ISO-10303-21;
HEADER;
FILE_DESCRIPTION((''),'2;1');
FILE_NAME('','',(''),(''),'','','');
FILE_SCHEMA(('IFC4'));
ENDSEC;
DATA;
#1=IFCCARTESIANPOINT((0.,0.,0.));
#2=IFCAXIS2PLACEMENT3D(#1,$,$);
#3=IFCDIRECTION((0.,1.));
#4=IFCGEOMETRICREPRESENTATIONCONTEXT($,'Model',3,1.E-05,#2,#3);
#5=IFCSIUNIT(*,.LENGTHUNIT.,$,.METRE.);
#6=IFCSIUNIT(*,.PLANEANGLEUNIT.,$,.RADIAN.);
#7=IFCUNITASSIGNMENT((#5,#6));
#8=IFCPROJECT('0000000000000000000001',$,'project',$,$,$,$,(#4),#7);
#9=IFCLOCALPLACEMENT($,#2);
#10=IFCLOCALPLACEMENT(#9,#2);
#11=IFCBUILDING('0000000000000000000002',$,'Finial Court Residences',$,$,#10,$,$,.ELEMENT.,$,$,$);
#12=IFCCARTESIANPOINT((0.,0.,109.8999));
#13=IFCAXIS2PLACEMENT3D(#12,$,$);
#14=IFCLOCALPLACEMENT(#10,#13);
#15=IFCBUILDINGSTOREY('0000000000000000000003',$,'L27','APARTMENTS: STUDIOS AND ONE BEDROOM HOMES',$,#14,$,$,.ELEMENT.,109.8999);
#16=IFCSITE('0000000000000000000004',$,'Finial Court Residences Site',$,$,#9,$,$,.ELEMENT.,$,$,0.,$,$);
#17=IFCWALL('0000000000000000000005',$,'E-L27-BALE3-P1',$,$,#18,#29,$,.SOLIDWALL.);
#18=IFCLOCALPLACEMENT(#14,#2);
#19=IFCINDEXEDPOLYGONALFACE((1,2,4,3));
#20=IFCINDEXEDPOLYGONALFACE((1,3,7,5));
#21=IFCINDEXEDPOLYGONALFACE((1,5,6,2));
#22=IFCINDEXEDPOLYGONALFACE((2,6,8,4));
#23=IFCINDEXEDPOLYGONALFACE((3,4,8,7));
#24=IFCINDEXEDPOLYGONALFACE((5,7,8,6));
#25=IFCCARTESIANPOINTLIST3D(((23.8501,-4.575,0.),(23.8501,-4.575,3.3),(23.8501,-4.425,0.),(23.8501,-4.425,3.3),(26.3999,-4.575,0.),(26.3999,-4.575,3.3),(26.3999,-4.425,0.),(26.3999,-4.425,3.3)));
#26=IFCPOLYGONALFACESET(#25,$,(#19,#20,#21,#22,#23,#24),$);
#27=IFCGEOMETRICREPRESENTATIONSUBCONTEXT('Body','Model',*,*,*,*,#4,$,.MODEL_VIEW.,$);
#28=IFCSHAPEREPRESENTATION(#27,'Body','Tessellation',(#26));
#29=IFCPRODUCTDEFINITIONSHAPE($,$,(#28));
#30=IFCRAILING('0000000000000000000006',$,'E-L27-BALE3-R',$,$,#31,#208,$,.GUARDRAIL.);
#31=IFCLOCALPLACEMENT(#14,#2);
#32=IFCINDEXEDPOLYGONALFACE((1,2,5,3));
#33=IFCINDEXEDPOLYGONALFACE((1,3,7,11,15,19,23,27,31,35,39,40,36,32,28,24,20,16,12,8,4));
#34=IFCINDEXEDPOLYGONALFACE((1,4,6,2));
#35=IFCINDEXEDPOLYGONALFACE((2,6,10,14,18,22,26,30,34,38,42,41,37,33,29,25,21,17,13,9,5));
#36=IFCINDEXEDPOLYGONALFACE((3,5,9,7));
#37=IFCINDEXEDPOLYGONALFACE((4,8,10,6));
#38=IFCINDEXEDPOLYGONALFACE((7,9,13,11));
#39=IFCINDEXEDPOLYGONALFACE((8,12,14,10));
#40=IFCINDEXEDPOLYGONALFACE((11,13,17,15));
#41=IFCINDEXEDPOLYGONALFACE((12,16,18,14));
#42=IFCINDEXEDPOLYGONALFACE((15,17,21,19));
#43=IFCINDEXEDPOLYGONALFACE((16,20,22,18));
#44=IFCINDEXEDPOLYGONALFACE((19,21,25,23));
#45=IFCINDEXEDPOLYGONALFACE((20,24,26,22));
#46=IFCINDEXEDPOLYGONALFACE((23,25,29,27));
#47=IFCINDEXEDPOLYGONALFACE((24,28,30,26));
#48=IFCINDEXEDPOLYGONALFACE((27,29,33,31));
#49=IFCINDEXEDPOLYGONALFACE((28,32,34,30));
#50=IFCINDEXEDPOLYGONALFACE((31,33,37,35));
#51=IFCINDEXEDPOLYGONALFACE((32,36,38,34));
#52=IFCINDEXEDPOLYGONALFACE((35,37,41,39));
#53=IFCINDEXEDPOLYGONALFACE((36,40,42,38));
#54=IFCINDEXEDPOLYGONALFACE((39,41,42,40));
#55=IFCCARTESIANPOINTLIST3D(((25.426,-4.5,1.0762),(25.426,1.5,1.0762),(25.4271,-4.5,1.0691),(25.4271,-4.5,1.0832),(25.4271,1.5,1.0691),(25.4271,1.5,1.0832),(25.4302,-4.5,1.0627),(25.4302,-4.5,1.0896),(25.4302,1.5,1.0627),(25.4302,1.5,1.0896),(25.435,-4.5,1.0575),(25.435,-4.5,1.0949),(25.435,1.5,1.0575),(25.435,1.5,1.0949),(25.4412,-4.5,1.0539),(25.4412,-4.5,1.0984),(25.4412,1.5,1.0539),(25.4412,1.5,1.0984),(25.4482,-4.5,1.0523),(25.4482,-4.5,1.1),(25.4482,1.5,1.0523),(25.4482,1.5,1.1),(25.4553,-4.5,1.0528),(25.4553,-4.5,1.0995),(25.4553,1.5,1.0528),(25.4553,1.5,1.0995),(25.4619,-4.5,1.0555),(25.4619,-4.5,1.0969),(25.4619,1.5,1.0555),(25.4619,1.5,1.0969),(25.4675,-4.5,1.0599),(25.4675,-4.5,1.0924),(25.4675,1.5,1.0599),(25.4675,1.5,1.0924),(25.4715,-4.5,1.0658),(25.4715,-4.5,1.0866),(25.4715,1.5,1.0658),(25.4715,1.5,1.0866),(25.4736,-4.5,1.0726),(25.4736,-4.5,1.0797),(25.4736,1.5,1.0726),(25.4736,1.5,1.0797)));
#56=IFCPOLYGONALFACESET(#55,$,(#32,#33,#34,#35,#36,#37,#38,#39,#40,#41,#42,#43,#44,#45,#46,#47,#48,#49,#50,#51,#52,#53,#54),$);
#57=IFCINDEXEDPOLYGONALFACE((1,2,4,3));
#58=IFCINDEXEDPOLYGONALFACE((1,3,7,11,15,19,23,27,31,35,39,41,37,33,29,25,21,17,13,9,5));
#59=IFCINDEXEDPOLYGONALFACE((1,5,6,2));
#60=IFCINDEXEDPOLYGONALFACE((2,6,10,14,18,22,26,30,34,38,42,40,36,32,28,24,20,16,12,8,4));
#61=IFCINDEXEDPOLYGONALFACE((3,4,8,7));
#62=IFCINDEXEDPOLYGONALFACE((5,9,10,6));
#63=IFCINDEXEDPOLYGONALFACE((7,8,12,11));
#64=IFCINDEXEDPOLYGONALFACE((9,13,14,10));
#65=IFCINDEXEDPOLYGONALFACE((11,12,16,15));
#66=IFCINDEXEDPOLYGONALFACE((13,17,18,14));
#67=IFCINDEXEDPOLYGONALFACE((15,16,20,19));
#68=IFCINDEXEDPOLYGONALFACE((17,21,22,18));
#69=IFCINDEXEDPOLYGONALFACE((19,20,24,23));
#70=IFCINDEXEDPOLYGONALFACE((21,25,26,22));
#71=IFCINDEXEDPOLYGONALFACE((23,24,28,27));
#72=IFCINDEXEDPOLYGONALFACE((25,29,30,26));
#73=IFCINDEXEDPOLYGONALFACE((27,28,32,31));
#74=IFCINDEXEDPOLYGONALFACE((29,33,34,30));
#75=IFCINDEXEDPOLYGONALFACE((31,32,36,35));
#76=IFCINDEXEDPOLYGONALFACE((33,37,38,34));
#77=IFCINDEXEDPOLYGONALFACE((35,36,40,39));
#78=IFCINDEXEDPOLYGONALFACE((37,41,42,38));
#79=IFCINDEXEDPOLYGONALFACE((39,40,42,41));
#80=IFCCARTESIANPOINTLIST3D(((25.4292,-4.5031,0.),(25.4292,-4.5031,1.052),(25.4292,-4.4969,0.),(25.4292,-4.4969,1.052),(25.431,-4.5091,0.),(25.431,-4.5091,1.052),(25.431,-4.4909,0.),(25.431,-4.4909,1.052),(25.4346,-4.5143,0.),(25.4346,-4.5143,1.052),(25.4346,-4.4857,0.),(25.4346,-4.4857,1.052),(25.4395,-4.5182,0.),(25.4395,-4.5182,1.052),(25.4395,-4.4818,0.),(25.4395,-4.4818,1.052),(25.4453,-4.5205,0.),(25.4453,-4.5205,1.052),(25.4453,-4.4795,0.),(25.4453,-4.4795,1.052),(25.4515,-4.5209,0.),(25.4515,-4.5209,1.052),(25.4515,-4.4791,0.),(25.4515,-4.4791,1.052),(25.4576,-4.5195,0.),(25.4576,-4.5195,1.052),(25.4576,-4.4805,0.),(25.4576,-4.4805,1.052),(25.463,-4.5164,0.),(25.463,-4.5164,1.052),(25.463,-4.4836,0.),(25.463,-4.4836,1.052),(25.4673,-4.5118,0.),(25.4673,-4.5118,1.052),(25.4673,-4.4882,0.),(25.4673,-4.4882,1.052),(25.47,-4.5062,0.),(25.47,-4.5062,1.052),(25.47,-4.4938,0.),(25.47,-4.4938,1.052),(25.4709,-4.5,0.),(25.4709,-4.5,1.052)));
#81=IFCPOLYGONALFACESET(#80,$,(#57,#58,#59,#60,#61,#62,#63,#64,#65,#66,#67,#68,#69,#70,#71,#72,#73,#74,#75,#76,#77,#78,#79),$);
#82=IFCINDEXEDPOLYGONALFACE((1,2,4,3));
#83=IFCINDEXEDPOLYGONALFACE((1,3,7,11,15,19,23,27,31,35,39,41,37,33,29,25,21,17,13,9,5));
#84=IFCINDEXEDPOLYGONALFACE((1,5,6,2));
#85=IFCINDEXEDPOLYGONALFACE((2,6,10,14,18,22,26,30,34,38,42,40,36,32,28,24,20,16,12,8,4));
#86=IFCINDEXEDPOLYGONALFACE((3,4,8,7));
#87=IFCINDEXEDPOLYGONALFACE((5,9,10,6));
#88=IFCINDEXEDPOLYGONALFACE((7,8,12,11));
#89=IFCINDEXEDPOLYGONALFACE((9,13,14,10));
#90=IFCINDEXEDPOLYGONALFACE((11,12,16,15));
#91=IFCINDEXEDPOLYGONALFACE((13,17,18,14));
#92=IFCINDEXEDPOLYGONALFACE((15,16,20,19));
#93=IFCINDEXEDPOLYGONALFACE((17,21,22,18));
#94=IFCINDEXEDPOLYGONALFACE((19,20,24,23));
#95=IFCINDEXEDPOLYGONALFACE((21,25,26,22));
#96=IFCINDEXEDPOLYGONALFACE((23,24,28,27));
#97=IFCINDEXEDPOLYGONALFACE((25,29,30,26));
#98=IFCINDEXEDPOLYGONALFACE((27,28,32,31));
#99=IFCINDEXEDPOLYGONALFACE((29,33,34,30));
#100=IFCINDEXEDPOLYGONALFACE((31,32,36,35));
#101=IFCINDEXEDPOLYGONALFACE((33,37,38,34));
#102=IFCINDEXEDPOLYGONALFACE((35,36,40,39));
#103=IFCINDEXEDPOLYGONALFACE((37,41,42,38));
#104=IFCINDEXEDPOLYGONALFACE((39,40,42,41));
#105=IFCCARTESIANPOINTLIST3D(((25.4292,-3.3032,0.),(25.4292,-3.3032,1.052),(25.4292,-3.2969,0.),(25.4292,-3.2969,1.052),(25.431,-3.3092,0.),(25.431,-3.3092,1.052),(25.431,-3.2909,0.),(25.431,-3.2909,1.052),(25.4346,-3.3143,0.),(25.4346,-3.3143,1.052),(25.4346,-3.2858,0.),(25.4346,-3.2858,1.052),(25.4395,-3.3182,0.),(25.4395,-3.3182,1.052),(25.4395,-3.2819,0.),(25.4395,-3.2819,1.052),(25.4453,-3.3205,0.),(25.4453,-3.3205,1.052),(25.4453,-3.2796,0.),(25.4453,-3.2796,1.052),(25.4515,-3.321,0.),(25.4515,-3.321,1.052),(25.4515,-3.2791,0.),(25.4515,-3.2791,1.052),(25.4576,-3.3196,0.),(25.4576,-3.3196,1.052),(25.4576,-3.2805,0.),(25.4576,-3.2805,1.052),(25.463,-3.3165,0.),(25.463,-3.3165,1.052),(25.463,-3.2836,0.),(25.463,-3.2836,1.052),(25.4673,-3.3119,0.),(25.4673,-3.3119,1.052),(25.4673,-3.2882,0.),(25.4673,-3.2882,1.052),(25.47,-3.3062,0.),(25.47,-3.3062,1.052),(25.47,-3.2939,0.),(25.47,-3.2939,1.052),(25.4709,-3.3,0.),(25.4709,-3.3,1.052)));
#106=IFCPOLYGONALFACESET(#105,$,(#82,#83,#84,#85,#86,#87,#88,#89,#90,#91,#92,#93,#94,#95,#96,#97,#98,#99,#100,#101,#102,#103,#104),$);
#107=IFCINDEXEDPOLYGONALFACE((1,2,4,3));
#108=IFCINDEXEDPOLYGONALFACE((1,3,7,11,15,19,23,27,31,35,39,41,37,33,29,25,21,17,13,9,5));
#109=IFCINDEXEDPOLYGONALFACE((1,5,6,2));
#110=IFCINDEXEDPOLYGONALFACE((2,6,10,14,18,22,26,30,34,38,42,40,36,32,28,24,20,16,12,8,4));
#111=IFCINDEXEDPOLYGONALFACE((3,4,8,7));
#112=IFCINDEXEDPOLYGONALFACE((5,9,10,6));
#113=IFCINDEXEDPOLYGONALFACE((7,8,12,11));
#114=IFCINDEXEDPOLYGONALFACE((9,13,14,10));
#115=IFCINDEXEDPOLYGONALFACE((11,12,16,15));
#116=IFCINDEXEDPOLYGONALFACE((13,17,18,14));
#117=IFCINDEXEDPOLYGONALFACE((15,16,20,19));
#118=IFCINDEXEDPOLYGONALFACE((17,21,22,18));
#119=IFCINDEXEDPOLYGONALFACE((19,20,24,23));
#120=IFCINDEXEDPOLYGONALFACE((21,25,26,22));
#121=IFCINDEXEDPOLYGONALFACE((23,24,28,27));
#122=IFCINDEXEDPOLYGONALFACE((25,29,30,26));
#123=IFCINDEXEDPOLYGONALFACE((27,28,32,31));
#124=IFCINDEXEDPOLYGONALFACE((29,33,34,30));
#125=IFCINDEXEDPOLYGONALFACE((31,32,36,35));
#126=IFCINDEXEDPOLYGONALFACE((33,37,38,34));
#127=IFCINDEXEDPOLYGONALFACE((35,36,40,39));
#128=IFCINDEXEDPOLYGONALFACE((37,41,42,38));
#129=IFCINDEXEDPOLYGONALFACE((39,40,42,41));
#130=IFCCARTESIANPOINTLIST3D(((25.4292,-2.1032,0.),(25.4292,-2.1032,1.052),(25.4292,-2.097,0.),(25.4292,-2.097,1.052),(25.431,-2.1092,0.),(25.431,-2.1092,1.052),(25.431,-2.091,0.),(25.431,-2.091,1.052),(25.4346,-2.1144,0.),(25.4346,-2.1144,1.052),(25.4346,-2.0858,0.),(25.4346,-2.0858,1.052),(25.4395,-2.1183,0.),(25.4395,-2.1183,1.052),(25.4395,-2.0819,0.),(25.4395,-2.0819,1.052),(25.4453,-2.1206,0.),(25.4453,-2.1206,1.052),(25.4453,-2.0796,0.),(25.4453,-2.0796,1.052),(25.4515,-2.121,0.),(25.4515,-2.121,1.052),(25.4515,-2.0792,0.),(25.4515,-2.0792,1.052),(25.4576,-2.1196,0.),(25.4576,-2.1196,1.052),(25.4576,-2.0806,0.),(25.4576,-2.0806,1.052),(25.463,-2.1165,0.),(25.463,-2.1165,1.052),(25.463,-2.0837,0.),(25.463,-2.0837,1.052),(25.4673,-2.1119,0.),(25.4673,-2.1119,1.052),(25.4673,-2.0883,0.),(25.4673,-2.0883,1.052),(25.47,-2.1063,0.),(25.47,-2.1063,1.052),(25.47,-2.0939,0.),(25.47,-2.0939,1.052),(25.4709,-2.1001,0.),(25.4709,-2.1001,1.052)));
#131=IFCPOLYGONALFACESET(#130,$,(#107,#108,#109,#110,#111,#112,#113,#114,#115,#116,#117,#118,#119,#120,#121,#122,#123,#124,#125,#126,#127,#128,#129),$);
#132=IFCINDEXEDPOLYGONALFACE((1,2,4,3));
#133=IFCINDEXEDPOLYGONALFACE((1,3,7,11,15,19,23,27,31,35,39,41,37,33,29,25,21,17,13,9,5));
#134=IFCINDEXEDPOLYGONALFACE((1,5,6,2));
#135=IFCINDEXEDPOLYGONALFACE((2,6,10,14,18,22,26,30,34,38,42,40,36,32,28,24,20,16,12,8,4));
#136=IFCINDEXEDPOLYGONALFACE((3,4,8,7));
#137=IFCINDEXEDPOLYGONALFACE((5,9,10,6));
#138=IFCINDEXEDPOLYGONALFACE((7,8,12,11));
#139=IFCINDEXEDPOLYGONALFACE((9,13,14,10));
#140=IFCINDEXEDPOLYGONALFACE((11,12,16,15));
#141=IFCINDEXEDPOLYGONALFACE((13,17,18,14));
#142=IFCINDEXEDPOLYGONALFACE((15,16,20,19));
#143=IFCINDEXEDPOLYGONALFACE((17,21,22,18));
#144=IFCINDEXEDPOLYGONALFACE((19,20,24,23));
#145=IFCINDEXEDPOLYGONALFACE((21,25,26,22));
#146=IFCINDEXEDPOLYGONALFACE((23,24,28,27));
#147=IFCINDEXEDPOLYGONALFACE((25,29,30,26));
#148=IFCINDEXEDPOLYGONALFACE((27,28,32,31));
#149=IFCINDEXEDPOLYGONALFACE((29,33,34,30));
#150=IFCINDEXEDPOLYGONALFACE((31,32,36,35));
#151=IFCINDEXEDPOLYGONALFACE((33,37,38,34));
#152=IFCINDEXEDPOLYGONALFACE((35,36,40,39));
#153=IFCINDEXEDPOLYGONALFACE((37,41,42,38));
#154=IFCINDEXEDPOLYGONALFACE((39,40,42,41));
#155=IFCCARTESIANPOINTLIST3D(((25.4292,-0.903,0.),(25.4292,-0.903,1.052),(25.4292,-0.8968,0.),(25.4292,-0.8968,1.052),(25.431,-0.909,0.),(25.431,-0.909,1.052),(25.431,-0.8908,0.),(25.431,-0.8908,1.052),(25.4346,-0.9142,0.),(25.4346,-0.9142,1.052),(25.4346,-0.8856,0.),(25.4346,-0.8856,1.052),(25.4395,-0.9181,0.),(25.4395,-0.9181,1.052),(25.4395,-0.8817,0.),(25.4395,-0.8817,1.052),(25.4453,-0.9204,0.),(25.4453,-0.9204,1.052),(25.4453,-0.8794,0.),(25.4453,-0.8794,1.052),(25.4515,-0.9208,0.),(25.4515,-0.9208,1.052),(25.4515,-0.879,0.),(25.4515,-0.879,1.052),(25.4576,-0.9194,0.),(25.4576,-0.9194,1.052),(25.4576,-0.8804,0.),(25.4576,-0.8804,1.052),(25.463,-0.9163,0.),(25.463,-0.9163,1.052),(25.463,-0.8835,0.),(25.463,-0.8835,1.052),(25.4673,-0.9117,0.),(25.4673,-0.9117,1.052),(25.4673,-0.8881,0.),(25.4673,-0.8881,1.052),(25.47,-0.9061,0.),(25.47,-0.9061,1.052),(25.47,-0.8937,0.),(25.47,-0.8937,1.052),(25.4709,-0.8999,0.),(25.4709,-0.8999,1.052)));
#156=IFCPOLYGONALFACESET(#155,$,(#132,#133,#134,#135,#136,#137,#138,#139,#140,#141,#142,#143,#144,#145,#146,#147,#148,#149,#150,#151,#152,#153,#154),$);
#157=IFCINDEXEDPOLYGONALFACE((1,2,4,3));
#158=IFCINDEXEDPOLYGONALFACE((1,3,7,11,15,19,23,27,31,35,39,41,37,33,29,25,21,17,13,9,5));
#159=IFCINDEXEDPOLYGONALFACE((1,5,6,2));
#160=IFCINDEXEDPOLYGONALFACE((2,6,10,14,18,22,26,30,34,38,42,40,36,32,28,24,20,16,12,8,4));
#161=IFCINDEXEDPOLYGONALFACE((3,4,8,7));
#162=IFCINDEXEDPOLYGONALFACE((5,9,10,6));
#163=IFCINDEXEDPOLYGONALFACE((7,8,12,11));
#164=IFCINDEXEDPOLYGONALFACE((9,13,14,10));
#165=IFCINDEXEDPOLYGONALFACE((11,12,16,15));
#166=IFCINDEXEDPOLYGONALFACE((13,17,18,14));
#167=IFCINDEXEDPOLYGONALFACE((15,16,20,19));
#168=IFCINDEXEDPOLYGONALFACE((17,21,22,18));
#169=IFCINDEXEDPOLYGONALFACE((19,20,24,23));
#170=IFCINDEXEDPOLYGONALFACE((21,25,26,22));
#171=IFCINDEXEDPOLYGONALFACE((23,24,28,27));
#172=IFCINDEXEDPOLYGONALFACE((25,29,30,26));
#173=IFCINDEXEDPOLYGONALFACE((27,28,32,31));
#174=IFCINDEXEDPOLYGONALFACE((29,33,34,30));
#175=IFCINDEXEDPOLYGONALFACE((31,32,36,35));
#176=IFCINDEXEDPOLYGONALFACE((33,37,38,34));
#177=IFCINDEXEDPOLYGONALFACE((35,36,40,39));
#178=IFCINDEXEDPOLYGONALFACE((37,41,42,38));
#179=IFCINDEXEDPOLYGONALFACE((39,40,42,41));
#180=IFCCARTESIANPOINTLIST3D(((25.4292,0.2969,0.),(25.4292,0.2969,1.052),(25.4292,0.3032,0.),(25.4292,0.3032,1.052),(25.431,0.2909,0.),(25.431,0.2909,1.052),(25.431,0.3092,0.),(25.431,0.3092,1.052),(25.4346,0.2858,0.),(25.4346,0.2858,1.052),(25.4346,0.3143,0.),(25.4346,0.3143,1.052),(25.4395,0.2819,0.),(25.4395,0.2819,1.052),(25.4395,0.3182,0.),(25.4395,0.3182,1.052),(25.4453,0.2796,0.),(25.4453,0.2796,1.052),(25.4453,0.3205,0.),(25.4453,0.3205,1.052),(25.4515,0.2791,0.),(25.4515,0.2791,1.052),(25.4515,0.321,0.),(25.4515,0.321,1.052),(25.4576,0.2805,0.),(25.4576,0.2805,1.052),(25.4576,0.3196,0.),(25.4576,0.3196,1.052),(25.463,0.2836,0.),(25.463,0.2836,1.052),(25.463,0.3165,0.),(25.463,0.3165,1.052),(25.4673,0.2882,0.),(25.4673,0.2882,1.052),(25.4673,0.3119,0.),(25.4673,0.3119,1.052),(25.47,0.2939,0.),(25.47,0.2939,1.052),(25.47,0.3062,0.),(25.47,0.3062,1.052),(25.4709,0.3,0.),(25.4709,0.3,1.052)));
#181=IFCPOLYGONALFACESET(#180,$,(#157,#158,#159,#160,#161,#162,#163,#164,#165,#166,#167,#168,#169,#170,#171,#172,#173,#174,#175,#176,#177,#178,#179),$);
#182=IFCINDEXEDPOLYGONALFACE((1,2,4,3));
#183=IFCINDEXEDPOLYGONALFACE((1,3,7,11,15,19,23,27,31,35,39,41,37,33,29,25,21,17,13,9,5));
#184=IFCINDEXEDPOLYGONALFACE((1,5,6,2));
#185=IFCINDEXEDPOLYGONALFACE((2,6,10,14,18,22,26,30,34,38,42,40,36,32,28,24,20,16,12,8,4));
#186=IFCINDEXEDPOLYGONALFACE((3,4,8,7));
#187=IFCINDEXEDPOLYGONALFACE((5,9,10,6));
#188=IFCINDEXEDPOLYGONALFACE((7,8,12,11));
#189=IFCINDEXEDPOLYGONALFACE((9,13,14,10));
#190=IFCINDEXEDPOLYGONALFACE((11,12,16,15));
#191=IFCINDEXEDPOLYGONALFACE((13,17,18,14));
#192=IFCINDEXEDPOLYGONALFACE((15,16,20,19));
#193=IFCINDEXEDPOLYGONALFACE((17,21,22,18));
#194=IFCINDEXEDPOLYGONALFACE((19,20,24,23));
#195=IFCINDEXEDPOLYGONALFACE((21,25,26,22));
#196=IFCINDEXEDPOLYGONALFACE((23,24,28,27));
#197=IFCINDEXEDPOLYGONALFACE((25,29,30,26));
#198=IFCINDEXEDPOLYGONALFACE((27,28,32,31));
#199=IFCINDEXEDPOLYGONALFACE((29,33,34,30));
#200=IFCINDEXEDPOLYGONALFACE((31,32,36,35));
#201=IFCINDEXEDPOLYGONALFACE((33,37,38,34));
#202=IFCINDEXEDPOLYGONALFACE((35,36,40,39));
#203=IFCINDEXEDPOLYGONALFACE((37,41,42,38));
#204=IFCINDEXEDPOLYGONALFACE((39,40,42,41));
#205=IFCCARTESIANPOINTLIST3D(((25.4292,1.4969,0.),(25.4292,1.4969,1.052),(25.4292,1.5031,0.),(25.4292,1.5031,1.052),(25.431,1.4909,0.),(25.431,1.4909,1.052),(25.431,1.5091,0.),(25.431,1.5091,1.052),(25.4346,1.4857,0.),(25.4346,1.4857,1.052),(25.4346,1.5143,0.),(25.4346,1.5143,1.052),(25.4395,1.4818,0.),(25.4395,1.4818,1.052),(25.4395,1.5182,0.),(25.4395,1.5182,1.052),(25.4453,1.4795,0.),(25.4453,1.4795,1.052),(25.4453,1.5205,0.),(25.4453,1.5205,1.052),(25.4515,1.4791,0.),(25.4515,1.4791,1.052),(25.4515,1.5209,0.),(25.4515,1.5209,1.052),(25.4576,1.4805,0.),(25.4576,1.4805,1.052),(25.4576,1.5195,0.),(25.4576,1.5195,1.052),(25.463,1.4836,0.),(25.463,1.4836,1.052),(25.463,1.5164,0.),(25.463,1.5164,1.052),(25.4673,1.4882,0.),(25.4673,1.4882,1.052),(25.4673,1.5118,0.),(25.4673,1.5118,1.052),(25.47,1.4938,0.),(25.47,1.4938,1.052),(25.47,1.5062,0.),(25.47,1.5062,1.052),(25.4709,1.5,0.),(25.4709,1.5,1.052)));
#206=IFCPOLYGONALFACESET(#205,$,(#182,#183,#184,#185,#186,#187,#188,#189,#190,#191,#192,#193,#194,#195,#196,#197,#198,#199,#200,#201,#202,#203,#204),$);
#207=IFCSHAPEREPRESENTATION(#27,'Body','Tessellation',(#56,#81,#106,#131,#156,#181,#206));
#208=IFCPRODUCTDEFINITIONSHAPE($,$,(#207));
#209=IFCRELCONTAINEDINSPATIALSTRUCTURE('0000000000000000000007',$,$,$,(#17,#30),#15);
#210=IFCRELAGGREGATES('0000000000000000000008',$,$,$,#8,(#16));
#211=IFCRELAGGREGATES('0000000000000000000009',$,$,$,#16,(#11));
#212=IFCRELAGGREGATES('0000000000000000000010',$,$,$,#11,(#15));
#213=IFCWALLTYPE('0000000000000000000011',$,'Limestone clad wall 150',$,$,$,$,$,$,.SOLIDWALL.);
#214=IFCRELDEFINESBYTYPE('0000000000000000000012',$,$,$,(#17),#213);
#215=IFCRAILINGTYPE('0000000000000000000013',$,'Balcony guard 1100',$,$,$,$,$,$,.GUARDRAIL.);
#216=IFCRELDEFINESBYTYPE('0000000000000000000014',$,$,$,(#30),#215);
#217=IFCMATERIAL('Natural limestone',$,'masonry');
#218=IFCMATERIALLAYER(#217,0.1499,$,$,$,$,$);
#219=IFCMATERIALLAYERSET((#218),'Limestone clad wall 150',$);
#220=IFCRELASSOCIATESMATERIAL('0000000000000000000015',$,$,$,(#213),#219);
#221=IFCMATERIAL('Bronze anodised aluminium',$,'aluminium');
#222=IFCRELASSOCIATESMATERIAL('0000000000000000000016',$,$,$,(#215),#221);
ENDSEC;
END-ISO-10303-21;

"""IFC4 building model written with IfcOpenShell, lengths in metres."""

from ifc_helpers import new_model, si_unit, direction, frame, frame_2d, origin, origin_2d, place, context, subcontext, project, spatial, rectangle, circle, extrude, material, layer, layer_set, type_object, element, save


model = new_model("IFC4")

# Units and contexts
model_context = context("Model", 3, precision=1e-05, world=origin(), true_north=direction((0.0, 1.0)))
body_context = subcontext(model_context, "Body", "Model", "MODEL_VIEW")
ifc_project = project(units=[si_unit("LENGTHUNIT", "METRE"), si_unit("PLANEANGLEUNIT", "RADIAN")], contexts=[model_context])

# Site, building, storey
site_placement = place(None, origin())
site = spatial("IfcSite", under=ifc_project, at=site_placement, Name="Finial Court Residences Site", CompositionType="ELEMENT", RefElevation=0.0)
building_placement = place(site_placement, origin())
building = spatial("IfcBuilding", under=site, at=building_placement, Name="Finial Court Residences", CompositionType="ELEMENT")
storey_placement = place(building_placement, frame((0.0, 0.0, 109.8999)))
storey = spatial("IfcBuildingStorey", under=building, at=storey_placement, Name="L27", Description="APARTMENTS: STUDIOS AND ONE BEDROOM HOMES", CompositionType="ELEMENT", Elevation=109.8999)

# Shared definitions
ifc_material_1 = material(Name="Bronze anodised aluminium", Category="aluminium")

# Wall
ifc_material_2 = material(Name="Natural limestone", Category="masonry")
ifc_layer_1 = layer(ifc_material_2, 0.1499)
ifc_layer_set_1 = layer_set([ifc_layer_1], Name="Limestone clad wall 150")
wall_type_1 = type_object("IfcWallType", Name="Limestone clad wall 150", PredefinedType="SOLIDWALL", material=ifc_layer_set_1)
wall_1_placement = place(storey_placement, frame((23.8501, -4.5, 0.0), z_axis=(0.0, 0.0, 1.0), x_axis=(1.0, 0.0, 0.0)))
element("IfcWall", 1, at=wall_1_placement, inside=storey, type_object=wall_type_1, Name="E-L27-BALE3-P1", PredefinedType="SOLIDWALL", context=body_context, shape_type="SweptSolid", body=[
    extrude(rectangle(XDim=2.5498, YDim=0.1499, at=frame_2d((1.2749, 0.0))), origin(), (0.0, 0.0, 1.0), 3.3),
])

# Railing
railing_type = type_object("IfcRailingType", Name="Balcony guard 1100", PredefinedType="GUARDRAIL", material=ifc_material_1)
railing_placement = place(storey_placement, frame((25.45, -4.5, 0.0)))
element("IfcRailing", 2, at=railing_placement, inside=storey, type_object=railing_type, Name="E-L27-BALE3-R", PredefinedType="GUARDRAIL", context=body_context, shape_type="SweptSolid", body=[
    extrude(circle(Radius=0.0239, at=origin_2d()), frame((0.0, 0.0, 1.0762), z_axis=(0.0, 1.0, 0.0), x_axis=(-1.0, 0.0, 0.0)), (0.0, 0.0, 1.0), 6.0),
    extrude(circle(Radius=0.021, at=origin_2d()), origin(), (0.0, 0.0, 1.0), 1.052),
    extrude(circle(Radius=0.021, at=origin_2d()), frame((0.0, 1.2, 0.0)), (0.0, 0.0, 1.0), 1.052),
    extrude(circle(Radius=0.021, at=origin_2d()), frame((0.0, 2.3999, 0.0)), (0.0, 0.0, 1.0), 1.052),
    extrude(circle(Radius=0.021, at=origin_2d()), frame((0.0, 3.6001, 0.0)), (0.0, 0.0, 1.0), 1.052),
    extrude(circle(Radius=0.021, at=origin_2d()), frame((0.0, 4.8, 0.0)), (0.0, 0.0, 1.0), 1.052),
    extrude(circle(Radius=0.021, at=origin_2d()), frame((0.0, 6.0, 0.0)), (0.0, 0.0, 1.0), 1.052),
])

save(model, "model.ifc")
